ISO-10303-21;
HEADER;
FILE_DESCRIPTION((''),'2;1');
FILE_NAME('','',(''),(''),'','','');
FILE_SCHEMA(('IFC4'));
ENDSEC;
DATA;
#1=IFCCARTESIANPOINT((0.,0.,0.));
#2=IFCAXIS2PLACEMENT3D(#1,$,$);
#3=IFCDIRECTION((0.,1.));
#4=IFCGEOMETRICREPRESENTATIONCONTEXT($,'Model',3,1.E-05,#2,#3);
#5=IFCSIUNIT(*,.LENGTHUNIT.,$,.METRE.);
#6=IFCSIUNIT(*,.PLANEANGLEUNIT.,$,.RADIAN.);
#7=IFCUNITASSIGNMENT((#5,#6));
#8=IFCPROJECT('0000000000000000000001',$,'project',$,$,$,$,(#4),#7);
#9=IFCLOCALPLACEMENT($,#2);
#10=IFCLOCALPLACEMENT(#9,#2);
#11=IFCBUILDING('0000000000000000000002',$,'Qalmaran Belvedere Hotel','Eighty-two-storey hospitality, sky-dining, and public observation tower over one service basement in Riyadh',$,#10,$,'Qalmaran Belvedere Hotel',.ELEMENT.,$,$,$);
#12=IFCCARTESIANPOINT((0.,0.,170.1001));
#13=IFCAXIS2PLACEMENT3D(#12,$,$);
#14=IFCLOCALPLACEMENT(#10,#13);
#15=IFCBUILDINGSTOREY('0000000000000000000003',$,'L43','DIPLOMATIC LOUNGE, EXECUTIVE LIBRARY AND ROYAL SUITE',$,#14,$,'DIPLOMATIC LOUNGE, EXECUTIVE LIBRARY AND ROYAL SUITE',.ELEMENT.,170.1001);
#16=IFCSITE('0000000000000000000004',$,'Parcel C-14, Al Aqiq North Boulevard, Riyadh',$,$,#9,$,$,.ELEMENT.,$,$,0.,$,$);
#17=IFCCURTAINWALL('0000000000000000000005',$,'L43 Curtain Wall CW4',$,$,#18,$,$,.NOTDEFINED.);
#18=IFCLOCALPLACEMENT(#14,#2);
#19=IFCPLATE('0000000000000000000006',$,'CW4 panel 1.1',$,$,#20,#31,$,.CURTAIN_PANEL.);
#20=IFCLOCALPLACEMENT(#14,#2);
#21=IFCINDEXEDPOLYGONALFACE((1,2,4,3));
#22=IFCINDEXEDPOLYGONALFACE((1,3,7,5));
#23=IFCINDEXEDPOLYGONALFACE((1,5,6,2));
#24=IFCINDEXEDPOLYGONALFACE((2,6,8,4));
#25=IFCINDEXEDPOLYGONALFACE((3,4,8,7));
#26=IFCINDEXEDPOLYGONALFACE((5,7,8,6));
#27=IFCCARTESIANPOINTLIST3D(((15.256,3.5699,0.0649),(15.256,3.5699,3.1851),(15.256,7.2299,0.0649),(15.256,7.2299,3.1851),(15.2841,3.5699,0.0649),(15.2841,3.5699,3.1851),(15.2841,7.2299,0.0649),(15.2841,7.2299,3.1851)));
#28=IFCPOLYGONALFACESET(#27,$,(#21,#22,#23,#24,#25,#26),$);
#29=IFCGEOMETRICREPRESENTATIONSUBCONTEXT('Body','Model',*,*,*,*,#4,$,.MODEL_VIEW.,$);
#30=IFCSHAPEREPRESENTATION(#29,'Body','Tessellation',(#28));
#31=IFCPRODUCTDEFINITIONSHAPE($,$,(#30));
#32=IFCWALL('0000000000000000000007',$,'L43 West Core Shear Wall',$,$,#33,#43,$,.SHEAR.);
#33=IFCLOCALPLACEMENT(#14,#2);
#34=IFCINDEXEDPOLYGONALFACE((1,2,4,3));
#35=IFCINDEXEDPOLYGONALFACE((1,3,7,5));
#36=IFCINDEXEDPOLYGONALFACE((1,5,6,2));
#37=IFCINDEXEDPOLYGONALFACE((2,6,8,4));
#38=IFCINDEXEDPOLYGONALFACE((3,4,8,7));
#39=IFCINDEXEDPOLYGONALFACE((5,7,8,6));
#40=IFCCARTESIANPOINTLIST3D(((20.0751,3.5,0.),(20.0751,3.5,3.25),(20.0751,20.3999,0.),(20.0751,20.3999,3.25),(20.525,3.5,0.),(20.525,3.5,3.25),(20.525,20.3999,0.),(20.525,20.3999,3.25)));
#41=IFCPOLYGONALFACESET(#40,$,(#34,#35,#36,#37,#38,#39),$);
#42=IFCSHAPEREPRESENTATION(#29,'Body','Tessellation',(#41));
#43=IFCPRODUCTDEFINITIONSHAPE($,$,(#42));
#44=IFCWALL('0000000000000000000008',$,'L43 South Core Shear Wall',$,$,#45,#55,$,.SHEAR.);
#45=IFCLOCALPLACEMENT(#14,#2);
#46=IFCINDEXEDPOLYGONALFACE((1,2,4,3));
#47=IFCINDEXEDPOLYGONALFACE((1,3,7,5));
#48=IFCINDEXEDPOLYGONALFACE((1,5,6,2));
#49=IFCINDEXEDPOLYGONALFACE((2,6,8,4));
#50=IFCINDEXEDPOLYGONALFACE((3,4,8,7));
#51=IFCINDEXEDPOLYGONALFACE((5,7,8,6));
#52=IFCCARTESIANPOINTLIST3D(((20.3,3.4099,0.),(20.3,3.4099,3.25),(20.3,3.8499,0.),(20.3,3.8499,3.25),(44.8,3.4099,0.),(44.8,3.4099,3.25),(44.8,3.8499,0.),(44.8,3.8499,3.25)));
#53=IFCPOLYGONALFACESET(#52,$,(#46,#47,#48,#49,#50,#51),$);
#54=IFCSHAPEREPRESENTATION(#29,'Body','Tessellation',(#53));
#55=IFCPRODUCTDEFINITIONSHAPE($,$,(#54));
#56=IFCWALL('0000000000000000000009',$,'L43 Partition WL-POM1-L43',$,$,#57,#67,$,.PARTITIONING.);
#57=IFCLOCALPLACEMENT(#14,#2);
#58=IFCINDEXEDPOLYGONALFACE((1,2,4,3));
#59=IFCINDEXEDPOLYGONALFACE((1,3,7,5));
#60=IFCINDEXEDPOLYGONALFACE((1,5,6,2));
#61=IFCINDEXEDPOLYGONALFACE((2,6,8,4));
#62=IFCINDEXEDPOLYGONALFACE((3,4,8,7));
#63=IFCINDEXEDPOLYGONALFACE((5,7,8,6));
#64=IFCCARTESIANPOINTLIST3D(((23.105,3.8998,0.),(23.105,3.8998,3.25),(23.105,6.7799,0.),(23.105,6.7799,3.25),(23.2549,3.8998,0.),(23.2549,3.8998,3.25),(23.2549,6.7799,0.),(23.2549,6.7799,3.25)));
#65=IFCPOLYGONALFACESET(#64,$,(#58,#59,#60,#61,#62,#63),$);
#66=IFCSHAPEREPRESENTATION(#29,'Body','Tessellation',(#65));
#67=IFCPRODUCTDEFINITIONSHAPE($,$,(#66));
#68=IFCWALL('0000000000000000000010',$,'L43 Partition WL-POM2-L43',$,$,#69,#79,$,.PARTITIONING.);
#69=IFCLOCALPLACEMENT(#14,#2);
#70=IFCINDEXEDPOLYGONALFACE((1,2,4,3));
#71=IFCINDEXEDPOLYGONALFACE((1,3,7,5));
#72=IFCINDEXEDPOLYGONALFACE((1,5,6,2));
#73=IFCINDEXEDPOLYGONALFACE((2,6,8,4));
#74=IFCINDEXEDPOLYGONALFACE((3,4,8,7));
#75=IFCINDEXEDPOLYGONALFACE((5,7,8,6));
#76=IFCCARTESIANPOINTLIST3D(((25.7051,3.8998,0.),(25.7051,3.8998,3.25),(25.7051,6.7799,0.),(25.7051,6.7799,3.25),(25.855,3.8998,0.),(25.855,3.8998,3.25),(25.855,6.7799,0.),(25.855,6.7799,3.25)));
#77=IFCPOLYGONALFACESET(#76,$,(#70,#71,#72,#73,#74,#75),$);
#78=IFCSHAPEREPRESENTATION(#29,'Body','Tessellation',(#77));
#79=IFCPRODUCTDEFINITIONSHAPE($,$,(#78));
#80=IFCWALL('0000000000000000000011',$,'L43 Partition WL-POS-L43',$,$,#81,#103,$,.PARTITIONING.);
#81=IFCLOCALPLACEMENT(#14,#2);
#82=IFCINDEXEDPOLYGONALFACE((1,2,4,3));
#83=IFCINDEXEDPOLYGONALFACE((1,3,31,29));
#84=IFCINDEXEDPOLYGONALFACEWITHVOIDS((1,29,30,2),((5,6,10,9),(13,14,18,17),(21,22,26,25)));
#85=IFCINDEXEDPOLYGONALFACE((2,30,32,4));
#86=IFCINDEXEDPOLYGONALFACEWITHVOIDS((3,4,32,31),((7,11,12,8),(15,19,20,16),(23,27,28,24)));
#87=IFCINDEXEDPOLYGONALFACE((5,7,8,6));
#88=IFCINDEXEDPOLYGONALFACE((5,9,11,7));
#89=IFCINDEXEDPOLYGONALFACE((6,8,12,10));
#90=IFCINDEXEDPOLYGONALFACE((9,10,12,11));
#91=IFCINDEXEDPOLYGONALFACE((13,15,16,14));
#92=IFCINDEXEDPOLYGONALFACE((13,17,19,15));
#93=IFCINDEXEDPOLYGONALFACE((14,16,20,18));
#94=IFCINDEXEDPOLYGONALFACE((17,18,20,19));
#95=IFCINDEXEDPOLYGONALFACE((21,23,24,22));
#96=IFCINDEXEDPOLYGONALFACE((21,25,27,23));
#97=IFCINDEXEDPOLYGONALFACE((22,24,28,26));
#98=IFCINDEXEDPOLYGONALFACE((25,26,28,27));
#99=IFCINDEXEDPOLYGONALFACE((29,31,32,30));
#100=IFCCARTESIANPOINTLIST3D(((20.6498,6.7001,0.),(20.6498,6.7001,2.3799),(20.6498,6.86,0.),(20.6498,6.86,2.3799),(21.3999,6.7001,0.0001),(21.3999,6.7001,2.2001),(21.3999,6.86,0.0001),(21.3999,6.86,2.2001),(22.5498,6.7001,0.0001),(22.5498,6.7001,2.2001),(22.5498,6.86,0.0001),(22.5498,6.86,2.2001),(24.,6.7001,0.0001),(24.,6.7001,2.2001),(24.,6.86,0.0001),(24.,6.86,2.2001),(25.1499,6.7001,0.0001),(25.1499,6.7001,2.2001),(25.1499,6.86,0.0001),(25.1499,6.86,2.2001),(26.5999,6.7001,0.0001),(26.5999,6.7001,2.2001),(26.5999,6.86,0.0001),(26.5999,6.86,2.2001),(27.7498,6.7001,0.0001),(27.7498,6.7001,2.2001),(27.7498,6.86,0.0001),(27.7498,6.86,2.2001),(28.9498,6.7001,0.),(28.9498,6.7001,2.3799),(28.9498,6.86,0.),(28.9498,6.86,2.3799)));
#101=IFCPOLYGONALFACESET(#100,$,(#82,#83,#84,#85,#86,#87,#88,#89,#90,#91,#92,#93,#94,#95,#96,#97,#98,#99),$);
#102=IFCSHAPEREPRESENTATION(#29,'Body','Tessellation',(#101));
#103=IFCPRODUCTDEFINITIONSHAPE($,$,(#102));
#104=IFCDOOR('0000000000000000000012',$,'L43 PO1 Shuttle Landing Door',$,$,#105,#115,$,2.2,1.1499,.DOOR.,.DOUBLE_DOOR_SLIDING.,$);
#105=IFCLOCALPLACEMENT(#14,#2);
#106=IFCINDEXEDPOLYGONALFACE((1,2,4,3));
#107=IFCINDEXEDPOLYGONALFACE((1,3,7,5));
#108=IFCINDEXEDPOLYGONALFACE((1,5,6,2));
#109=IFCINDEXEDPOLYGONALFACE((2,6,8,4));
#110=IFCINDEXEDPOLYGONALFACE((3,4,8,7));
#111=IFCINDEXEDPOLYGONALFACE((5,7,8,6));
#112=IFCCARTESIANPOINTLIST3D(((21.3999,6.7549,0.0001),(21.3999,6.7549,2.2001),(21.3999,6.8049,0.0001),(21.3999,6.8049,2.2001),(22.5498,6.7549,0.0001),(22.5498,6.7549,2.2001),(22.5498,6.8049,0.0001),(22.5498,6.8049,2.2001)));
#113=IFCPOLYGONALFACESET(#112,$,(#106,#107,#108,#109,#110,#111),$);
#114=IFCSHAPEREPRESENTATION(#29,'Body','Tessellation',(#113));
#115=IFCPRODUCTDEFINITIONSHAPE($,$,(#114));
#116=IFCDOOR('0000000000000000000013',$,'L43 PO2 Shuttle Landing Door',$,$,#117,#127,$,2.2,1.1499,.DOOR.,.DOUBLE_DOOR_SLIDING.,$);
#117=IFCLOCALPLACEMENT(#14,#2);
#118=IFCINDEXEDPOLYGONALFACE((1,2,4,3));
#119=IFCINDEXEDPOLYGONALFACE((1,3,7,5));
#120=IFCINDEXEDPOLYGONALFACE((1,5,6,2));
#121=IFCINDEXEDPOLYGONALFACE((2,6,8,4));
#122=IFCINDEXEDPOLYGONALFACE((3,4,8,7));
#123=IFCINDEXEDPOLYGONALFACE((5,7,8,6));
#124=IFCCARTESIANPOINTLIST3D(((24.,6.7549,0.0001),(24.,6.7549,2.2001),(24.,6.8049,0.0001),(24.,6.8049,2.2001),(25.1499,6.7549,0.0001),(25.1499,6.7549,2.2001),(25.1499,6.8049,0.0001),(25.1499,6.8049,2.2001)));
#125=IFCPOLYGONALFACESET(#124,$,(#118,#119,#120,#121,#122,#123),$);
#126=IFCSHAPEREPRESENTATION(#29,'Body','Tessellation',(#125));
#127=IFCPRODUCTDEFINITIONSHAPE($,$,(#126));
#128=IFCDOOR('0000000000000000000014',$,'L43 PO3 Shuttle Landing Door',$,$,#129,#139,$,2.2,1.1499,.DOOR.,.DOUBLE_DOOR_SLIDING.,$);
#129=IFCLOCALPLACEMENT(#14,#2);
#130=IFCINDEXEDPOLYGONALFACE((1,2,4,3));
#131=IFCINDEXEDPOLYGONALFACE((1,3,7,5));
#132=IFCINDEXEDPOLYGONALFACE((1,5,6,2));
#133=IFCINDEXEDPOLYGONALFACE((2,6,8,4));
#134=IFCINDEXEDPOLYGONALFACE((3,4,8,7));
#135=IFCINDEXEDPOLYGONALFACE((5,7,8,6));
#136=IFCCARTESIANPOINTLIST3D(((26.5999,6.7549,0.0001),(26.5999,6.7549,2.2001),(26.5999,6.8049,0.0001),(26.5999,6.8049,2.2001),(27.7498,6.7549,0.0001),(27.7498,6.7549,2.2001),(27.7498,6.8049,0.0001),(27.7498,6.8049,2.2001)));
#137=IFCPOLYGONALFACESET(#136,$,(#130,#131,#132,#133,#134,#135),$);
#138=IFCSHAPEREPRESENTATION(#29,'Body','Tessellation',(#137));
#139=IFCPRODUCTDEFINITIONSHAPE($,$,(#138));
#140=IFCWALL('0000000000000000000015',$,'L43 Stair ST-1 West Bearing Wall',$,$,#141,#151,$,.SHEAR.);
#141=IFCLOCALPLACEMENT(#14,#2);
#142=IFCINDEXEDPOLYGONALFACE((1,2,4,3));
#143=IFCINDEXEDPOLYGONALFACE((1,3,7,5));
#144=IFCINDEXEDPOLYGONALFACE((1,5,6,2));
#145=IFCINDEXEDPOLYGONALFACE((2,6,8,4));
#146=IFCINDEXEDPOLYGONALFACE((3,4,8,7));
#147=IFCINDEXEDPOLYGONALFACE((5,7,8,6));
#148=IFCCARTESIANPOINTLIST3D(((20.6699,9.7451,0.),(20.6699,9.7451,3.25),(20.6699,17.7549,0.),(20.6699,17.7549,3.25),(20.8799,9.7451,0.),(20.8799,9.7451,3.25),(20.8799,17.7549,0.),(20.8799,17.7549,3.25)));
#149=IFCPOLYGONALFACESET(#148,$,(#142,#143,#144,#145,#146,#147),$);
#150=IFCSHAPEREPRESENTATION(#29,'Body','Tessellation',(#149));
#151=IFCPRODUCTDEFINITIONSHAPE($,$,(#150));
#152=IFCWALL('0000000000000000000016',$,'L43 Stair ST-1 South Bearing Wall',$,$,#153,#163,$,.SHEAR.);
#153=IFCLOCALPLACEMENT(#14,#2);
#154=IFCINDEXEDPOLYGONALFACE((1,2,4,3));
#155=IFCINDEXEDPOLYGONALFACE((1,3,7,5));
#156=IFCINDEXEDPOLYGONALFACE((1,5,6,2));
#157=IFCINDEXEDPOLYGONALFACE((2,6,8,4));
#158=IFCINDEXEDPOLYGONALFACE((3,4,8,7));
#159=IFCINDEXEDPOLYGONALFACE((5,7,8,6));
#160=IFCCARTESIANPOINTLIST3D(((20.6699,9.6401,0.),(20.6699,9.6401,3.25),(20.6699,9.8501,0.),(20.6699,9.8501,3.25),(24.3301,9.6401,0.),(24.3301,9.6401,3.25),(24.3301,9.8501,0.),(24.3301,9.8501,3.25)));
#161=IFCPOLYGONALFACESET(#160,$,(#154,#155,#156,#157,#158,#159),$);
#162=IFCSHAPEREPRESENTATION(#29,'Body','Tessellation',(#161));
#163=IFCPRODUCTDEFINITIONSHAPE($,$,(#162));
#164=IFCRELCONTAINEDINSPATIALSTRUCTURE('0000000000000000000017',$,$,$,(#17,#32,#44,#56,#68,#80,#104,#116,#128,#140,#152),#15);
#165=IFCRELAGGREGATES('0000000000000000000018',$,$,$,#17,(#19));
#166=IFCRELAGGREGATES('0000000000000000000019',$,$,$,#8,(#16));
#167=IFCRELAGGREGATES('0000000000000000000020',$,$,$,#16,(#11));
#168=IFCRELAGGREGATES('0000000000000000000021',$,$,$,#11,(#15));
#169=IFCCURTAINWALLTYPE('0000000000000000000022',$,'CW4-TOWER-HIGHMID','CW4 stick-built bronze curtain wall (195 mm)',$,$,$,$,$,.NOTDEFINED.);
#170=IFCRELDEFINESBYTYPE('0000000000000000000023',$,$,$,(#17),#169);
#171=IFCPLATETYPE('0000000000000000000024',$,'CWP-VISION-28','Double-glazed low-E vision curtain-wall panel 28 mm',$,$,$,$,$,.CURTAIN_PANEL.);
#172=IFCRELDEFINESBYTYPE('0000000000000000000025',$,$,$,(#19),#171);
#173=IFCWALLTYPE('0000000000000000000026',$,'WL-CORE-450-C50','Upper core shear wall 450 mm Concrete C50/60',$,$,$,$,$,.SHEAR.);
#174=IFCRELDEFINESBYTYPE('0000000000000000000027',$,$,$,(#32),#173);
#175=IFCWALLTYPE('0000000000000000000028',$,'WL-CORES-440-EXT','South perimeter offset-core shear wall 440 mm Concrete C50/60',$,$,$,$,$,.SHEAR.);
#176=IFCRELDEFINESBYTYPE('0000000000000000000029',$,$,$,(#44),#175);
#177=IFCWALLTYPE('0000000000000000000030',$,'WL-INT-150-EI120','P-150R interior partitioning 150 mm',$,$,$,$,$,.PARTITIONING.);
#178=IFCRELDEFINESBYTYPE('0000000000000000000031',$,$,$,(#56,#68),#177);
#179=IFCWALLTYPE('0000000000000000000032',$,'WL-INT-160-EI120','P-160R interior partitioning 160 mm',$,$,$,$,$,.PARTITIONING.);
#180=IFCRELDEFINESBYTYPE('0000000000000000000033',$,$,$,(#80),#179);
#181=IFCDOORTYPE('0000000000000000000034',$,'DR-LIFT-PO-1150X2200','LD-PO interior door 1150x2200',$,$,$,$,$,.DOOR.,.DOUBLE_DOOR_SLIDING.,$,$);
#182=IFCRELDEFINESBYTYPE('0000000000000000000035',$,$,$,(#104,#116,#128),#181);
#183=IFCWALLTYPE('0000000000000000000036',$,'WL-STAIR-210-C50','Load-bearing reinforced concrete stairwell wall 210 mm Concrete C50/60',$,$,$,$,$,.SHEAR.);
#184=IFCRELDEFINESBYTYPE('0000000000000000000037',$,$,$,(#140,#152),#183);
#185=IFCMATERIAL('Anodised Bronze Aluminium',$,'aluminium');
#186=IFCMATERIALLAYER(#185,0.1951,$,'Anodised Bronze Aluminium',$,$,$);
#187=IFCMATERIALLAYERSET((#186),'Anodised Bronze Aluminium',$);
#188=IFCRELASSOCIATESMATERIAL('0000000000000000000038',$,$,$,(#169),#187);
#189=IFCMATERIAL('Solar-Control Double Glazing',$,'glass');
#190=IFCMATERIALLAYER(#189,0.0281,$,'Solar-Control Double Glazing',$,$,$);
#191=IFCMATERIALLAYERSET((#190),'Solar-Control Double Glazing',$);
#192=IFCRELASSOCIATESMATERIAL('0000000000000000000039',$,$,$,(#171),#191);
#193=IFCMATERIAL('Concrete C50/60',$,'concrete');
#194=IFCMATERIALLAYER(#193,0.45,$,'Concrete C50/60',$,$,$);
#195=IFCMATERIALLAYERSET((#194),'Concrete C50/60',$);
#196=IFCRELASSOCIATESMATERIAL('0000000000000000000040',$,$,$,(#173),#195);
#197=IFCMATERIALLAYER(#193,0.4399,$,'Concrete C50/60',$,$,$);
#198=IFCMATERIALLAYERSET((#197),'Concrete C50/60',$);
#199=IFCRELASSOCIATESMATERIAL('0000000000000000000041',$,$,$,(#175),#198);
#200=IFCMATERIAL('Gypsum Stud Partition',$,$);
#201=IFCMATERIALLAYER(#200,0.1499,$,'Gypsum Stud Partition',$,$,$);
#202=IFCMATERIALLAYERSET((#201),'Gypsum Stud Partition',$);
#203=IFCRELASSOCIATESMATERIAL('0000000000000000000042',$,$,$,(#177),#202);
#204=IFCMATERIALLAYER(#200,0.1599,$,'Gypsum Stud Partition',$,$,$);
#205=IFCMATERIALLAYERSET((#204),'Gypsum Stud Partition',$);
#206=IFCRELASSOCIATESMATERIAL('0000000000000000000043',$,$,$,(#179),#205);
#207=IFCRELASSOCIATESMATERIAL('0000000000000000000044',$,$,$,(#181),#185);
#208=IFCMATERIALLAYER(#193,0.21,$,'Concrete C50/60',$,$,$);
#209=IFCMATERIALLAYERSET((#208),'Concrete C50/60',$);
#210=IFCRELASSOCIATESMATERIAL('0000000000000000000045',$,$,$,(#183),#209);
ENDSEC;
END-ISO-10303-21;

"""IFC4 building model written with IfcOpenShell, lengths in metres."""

from ifc_helpers import new_model, si_unit, direction, frame, frame_2d, origin, origin_2d, place, context, subcontext, project, spatial, rectangle, extrude, material, layer, layer_set, type_object, element, fill, aggregate, save


model = new_model("IFC4")

# Units and contexts
model_context = context("Model", 3, precision=1e-05, world=origin(), true_north=direction((0.0, 1.0)))
body_context = subcontext(model_context, "Body", "Model", "MODEL_VIEW")
ifc_project = project(units=[si_unit("LENGTHUNIT", "METRE"), si_unit("PLANEANGLEUNIT", "RADIAN")], contexts=[model_context])

# Site, building, storey
site_placement = place(None, origin())
site = spatial("IfcSite", under=ifc_project, at=site_placement, Name="Parcel C-14, Al Aqiq North Boulevard, Riyadh", CompositionType="ELEMENT", RefElevation=0.0)
building_placement = place(site_placement, origin())
building = spatial("IfcBuilding", under=site, at=building_placement, Name="Qalmaran Belvedere Hotel", Description="Eighty-two-storey hospitality, sky-dining, and public observation tower over one service basement in Riyadh", LongName="Qalmaran Belvedere Hotel", CompositionType="ELEMENT")
storey_placement = place(building_placement, frame((0.0, 0.0, 170.1001)))
storey = spatial("IfcBuildingStorey", under=building, at=storey_placement, Name="L43", Description="DIPLOMATIC LOUNGE, EXECUTIVE LIBRARY AND ROYAL SUITE", LongName="DIPLOMATIC LOUNGE, EXECUTIVE LIBRARY AND ROYAL SUITE", CompositionType="ELEMENT", Elevation=170.1001)

# Shared definitions
ifc_material_1 = material(Name="Concrete C50/60", Category="concrete")

# Shared definitions
ifc_material_2 = material(Name="Anodised Bronze Aluminium", Category="aluminium")
ifc_layer_1 = layer(ifc_material_2, 0.1951, Name="Anodised Bronze Aluminium")
ifc_layer_set_1 = layer_set([ifc_layer_1], Name="Anodised Bronze Aluminium")
curtain_wall_type = type_object("IfcCurtainWallType", Name="CW4-TOWER-HIGHMID", Description="CW4 stick-built bronze curtain wall (195 mm)", PredefinedType="NOTDEFINED", material=ifc_layer_set_1)

# Curtain wall
curtain_wall_1_placement = place(storey_placement, origin())
curtain_wall_1 = element("IfcCurtainWall", 1, at=curtain_wall_1_placement, inside=storey, type_object=curtain_wall_type, Name="L43 Curtain Wall CW4", PredefinedType="NOTDEFINED")

# Plate
ifc_material_3 = material(Name="Solar-Control Double Glazing", Category="glass")
ifc_layer_2 = layer(ifc_material_3, 0.0281, Name="Solar-Control Double Glazing")
ifc_layer_set_2 = layer_set([ifc_layer_2], Name="Solar-Control Double Glazing")
plate_type = type_object("IfcPlateType", Name="CWP-VISION-28", Description="Double-glazed low-E vision curtain-wall panel 28 mm", PredefinedType="CURTAIN_PANEL", material=ifc_layer_set_2)
plate_1_placement = place(storey_placement, frame((15.27, 5.3999, 0.0649), z_axis=(0.0, 0.0, 1.0), x_axis=(0.0, -1.0, 0.0)))
plate_1 = element("IfcPlate", 2, at=plate_1_placement, type_object=plate_type, Name="CW4 panel 1.1", PredefinedType="CURTAIN_PANEL", context=body_context, shape_type="SweptSolid", body=[
    extrude(rectangle(XDim=3.6599, YDim=0.0281, at=origin_2d()), origin(), (0.0, 0.0, 1.0), 3.1201),
])
aggregate(curtain_wall_1, [plate_1])

# Walls
ifc_layer_3 = layer(ifc_material_1, 0.45, Name="Concrete C50/60")
ifc_layer_set_3 = layer_set([ifc_layer_3], Name="Concrete C50/60")
wall_type_1 = type_object("IfcWallType", Name="WL-CORE-450-C50", Description="Upper core shear wall 450 mm Concrete C50/60", PredefinedType="SHEAR", material=ifc_layer_set_3)
wall_1_placement = place(storey_placement, frame((20.3, 3.5, 0.0), z_axis=(0.0, 0.0, 1.0), x_axis=(0.0, 1.0, 0.0)))
element("IfcWall", 3, at=wall_1_placement, inside=storey, type_object=wall_type_1, Name="L43 West Core Shear Wall", PredefinedType="SHEAR", context=body_context, shape_type="SweptSolid", body=[
    extrude(rectangle(XDim=16.8999, YDim=0.45, at=frame_2d((8.45, 0.0))), origin(), (0.0, 0.0, 1.0), 3.25),
])
ifc_layer_4 = layer(ifc_material_1, 0.4399, Name="Concrete C50/60")
ifc_layer_set_4 = layer_set([ifc_layer_4], Name="Concrete C50/60")
wall_type_2 = type_object("IfcWallType", Name="WL-CORES-440-EXT", Description="South perimeter offset-core shear wall 440 mm Concrete C50/60", PredefinedType="SHEAR", material=ifc_layer_set_4)
wall_2_placement = place(storey_placement, frame((20.3, 3.6299, 0.0), z_axis=(0.0, 0.0, 1.0), x_axis=(1.0, 0.0, 0.0)))
element("IfcWall", 4, at=wall_2_placement, inside=storey, type_object=wall_type_2, Name="L43 South Core Shear Wall", PredefinedType="SHEAR", context=body_context, shape_type="SweptSolid", body=[
    extrude(rectangle(XDim=24.5, YDim=0.4399, at=frame_2d((12.25, 0.0))), origin(), (0.0, 0.0, 1.0), 3.25),
])
ifc_material_4 = material(Name="Gypsum Stud Partition")
ifc_layer_5 = layer(ifc_material_4, 0.1499, Name="Gypsum Stud Partition")
ifc_layer_set_5 = layer_set([ifc_layer_5], Name="Gypsum Stud Partition")
wall_type_3 = type_object("IfcWallType", Name="WL-INT-150-EI120", Description="P-150R interior partitioning 150 mm", PredefinedType="PARTITIONING", material=ifc_layer_set_5)
for number, where, z_axis, x_axis, name in (
    (5, (23.1799, 3.8999, 0.0), (0.0, 0.0, 1.0), (0.0, 1.0, 0.0), "L43 Partition WL-POM1-L43"),
    (6, (25.78, 3.8999, 0.0), (0.0, 0.0, 1.0), (0.0, 1.0, 0.0), "L43 Partition WL-POM2-L43"),
):
    element("IfcWall", number, at=place(storey_placement, frame(where, z_axis=z_axis, x_axis=x_axis)), inside=storey, type_object=wall_type_3, Name=name, PredefinedType="PARTITIONING", context=body_context, shape_type="SweptSolid", body=[
        extrude(rectangle(XDim=2.8801, YDim=0.1499, at=frame_2d((1.4399, 0.0))), origin(), (0.0, 0.0, 1.0), 3.25),
    ])

# Wall, openings, doors
ifc_layer_6 = layer(ifc_material_4, 0.1599, Name="Gypsum Stud Partition")
ifc_layer_set_6 = layer_set([ifc_layer_6], Name="Gypsum Stud Partition")
wall_type_4 = type_object("IfcWallType", Name="WL-INT-160-EI120", Description="P-160R interior partitioning 160 mm", PredefinedType="PARTITIONING", material=ifc_layer_set_6)
wall_3_placement = place(storey_placement, frame((20.6499, 6.78, 0.0), z_axis=(0.0, 0.0, 1.0), x_axis=(1.0, 0.0, 0.0)))
wall_3 = element("IfcWall", 7, at=wall_3_placement, inside=storey, type_object=wall_type_4, Name="L43 Partition WL-POS-L43", PredefinedType="PARTITIONING", context=body_context, shape_type="SweptSolid", body=[
    extrude(rectangle(XDim=8.3, YDim=0.1599, at=frame_2d((4.1499, 0.0))), origin(), (0.0, 0.0, 1.0), 2.3799),
])
opening_1_placement = place(wall_3_placement, frame((0.75, 0.0, 0.0)))
opening_1 = element("IfcOpeningElement", 8, at=opening_1_placement, cuts=wall_3, PredefinedType="OPENING", context=body_context, shape_type="SweptSolid", body=[
    extrude(rectangle(XDim=1.1499, YDim=2.2, at=frame_2d((0.575, 1.1001))), frame((0.0, 0.0898, 0.0), z_axis=(0.0, -1.0, 0.0), x_axis=(1.0, 0.0, 0.0)), (0.0, 0.0, 1.0), 0.1799),
])
opening_2_placement = place(wall_3_placement, frame((3.3501, 0.0, 0.0)))
opening_2 = element("IfcOpeningElement", 9, at=opening_2_placement, cuts=wall_3, PredefinedType="OPENING", context=body_context, shape_type="SweptSolid", body=[
    extrude(rectangle(XDim=1.1499, YDim=2.2, at=frame_2d((0.575, 1.1001))), frame((0.0, 0.0898, 0.0), z_axis=(0.0, -1.0, 0.0), x_axis=(1.0, 0.0, 0.0)), (0.0, 0.0, 1.0), 0.1799),
])
opening_3_placement = place(wall_3_placement, frame((5.95, 0.0, 0.0)))
opening_3 = element("IfcOpeningElement", 10, at=opening_3_placement, cuts=wall_3, PredefinedType="OPENING", context=body_context, shape_type="SweptSolid", body=[
    extrude(rectangle(XDim=1.1499, YDim=2.2, at=frame_2d((0.575, 1.1001))), frame((0.0, 0.0898, 0.0), z_axis=(0.0, -1.0, 0.0), x_axis=(1.0, 0.0, 0.0)), (0.0, 0.0, 1.0), 0.1799),
])
door_type_1 = type_object("IfcDoorType", Name="DR-LIFT-PO-1150X2200", Description="LD-PO interior door 1150x2200", OperationType="DOUBLE_DOOR_SLIDING", PredefinedType="DOOR", material=ifc_material_2)
door_1_placement = place(opening_1_placement, origin())
door_1 = element("IfcDoor", 11, at=door_1_placement, inside=storey, type_object=door_type_1, Name="L43 PO1 Shuttle Landing Door", OperationType="DOUBLE_DOOR_SLIDING", OverallHeight=2.2, OverallWidth=1.1499, PredefinedType="DOOR", context=body_context, shape_type="SweptSolid", body=[
    extrude(rectangle(XDim=1.1499, YDim=2.2, at=frame_2d((0.575, 1.1001))), frame((0.0, 0.0249, 0.0), z_axis=(0.0, -1.0, 0.0), x_axis=(1.0, 0.0, 0.0)), (0.0, 0.0, 1.0), 0.05),
])
fill(opening_1, door_1)
door_2_placement = place(opening_2_placement, origin())
door_2 = element("IfcDoor", 12, at=door_2_placement, inside=storey, type_object=door_type_1, Name="L43 PO2 Shuttle Landing Door", OperationType="DOUBLE_DOOR_SLIDING", OverallHeight=2.2, OverallWidth=1.1499, PredefinedType="DOOR", context=body_context, shape_type="SweptSolid", body=[
    extrude(rectangle(XDim=1.1499, YDim=2.2, at=frame_2d((0.575, 1.1001))), frame((0.0, 0.0249, 0.0), z_axis=(0.0, -1.0, 0.0), x_axis=(1.0, 0.0, 0.0)), (0.0, 0.0, 1.0), 0.05),
])
fill(opening_2, door_2)
door_3_placement = place(opening_3_placement, origin())
door_3 = element("IfcDoor", 13, at=door_3_placement, inside=storey, type_object=door_type_1, Name="L43 PO3 Shuttle Landing Door", OperationType="DOUBLE_DOOR_SLIDING", OverallHeight=2.2, OverallWidth=1.1499, PredefinedType="DOOR", context=body_context, shape_type="SweptSolid", body=[
    extrude(rectangle(XDim=1.1499, YDim=2.2, at=frame_2d((0.575, 1.1001))), frame((0.0, 0.0249, 0.0), z_axis=(0.0, -1.0, 0.0), x_axis=(1.0, 0.0, 0.0)), (0.0, 0.0, 1.0), 0.05),
])
fill(opening_3, door_3)

# Walls
ifc_layer_7 = layer(ifc_material_1, 0.21, Name="Concrete C50/60")
ifc_layer_set_7 = layer_set([ifc_layer_7], Name="Concrete C50/60")
wall_type_5 = type_object("IfcWallType", Name="WL-STAIR-210-C50", Description="Load-bearing reinforced concrete stairwell wall 210 mm Concrete C50/60", PredefinedType="SHEAR", material=ifc_layer_set_7)
wall_4_placement = place(storey_placement, frame((20.7749, 9.7451, 0.0), z_axis=(0.0, 0.0, 1.0), x_axis=(0.0, 1.0, 0.0)))
element("IfcWall", 14, at=wall_4_placement, inside=storey, type_object=wall_type_5, Name="L43 Stair ST-1 West Bearing Wall", PredefinedType="SHEAR", context=body_context, shape_type="SweptSolid", body=[
    extrude(rectangle(XDim=8.0098, YDim=0.21, at=frame_2d((4.0049, 0.0))), origin(), (0.0, 0.0, 1.0), 3.25),
])
wall_5_placement = place(storey_placement, frame((20.6699, 9.7451, 0.0), z_axis=(0.0, 0.0, 1.0), x_axis=(1.0, 0.0, 0.0)))
element("IfcWall", 15, at=wall_5_placement, inside=storey, type_object=wall_type_5, Name="L43 Stair ST-1 South Bearing Wall", PredefinedType="SHEAR", context=body_context, shape_type="SweptSolid", body=[
    extrude(rectangle(XDim=3.6602, YDim=0.21, at=frame_2d((1.8301, 0.0))), origin(), (0.0, 0.0, 1.0), 3.25),
])

save(model, "model.ifc")
